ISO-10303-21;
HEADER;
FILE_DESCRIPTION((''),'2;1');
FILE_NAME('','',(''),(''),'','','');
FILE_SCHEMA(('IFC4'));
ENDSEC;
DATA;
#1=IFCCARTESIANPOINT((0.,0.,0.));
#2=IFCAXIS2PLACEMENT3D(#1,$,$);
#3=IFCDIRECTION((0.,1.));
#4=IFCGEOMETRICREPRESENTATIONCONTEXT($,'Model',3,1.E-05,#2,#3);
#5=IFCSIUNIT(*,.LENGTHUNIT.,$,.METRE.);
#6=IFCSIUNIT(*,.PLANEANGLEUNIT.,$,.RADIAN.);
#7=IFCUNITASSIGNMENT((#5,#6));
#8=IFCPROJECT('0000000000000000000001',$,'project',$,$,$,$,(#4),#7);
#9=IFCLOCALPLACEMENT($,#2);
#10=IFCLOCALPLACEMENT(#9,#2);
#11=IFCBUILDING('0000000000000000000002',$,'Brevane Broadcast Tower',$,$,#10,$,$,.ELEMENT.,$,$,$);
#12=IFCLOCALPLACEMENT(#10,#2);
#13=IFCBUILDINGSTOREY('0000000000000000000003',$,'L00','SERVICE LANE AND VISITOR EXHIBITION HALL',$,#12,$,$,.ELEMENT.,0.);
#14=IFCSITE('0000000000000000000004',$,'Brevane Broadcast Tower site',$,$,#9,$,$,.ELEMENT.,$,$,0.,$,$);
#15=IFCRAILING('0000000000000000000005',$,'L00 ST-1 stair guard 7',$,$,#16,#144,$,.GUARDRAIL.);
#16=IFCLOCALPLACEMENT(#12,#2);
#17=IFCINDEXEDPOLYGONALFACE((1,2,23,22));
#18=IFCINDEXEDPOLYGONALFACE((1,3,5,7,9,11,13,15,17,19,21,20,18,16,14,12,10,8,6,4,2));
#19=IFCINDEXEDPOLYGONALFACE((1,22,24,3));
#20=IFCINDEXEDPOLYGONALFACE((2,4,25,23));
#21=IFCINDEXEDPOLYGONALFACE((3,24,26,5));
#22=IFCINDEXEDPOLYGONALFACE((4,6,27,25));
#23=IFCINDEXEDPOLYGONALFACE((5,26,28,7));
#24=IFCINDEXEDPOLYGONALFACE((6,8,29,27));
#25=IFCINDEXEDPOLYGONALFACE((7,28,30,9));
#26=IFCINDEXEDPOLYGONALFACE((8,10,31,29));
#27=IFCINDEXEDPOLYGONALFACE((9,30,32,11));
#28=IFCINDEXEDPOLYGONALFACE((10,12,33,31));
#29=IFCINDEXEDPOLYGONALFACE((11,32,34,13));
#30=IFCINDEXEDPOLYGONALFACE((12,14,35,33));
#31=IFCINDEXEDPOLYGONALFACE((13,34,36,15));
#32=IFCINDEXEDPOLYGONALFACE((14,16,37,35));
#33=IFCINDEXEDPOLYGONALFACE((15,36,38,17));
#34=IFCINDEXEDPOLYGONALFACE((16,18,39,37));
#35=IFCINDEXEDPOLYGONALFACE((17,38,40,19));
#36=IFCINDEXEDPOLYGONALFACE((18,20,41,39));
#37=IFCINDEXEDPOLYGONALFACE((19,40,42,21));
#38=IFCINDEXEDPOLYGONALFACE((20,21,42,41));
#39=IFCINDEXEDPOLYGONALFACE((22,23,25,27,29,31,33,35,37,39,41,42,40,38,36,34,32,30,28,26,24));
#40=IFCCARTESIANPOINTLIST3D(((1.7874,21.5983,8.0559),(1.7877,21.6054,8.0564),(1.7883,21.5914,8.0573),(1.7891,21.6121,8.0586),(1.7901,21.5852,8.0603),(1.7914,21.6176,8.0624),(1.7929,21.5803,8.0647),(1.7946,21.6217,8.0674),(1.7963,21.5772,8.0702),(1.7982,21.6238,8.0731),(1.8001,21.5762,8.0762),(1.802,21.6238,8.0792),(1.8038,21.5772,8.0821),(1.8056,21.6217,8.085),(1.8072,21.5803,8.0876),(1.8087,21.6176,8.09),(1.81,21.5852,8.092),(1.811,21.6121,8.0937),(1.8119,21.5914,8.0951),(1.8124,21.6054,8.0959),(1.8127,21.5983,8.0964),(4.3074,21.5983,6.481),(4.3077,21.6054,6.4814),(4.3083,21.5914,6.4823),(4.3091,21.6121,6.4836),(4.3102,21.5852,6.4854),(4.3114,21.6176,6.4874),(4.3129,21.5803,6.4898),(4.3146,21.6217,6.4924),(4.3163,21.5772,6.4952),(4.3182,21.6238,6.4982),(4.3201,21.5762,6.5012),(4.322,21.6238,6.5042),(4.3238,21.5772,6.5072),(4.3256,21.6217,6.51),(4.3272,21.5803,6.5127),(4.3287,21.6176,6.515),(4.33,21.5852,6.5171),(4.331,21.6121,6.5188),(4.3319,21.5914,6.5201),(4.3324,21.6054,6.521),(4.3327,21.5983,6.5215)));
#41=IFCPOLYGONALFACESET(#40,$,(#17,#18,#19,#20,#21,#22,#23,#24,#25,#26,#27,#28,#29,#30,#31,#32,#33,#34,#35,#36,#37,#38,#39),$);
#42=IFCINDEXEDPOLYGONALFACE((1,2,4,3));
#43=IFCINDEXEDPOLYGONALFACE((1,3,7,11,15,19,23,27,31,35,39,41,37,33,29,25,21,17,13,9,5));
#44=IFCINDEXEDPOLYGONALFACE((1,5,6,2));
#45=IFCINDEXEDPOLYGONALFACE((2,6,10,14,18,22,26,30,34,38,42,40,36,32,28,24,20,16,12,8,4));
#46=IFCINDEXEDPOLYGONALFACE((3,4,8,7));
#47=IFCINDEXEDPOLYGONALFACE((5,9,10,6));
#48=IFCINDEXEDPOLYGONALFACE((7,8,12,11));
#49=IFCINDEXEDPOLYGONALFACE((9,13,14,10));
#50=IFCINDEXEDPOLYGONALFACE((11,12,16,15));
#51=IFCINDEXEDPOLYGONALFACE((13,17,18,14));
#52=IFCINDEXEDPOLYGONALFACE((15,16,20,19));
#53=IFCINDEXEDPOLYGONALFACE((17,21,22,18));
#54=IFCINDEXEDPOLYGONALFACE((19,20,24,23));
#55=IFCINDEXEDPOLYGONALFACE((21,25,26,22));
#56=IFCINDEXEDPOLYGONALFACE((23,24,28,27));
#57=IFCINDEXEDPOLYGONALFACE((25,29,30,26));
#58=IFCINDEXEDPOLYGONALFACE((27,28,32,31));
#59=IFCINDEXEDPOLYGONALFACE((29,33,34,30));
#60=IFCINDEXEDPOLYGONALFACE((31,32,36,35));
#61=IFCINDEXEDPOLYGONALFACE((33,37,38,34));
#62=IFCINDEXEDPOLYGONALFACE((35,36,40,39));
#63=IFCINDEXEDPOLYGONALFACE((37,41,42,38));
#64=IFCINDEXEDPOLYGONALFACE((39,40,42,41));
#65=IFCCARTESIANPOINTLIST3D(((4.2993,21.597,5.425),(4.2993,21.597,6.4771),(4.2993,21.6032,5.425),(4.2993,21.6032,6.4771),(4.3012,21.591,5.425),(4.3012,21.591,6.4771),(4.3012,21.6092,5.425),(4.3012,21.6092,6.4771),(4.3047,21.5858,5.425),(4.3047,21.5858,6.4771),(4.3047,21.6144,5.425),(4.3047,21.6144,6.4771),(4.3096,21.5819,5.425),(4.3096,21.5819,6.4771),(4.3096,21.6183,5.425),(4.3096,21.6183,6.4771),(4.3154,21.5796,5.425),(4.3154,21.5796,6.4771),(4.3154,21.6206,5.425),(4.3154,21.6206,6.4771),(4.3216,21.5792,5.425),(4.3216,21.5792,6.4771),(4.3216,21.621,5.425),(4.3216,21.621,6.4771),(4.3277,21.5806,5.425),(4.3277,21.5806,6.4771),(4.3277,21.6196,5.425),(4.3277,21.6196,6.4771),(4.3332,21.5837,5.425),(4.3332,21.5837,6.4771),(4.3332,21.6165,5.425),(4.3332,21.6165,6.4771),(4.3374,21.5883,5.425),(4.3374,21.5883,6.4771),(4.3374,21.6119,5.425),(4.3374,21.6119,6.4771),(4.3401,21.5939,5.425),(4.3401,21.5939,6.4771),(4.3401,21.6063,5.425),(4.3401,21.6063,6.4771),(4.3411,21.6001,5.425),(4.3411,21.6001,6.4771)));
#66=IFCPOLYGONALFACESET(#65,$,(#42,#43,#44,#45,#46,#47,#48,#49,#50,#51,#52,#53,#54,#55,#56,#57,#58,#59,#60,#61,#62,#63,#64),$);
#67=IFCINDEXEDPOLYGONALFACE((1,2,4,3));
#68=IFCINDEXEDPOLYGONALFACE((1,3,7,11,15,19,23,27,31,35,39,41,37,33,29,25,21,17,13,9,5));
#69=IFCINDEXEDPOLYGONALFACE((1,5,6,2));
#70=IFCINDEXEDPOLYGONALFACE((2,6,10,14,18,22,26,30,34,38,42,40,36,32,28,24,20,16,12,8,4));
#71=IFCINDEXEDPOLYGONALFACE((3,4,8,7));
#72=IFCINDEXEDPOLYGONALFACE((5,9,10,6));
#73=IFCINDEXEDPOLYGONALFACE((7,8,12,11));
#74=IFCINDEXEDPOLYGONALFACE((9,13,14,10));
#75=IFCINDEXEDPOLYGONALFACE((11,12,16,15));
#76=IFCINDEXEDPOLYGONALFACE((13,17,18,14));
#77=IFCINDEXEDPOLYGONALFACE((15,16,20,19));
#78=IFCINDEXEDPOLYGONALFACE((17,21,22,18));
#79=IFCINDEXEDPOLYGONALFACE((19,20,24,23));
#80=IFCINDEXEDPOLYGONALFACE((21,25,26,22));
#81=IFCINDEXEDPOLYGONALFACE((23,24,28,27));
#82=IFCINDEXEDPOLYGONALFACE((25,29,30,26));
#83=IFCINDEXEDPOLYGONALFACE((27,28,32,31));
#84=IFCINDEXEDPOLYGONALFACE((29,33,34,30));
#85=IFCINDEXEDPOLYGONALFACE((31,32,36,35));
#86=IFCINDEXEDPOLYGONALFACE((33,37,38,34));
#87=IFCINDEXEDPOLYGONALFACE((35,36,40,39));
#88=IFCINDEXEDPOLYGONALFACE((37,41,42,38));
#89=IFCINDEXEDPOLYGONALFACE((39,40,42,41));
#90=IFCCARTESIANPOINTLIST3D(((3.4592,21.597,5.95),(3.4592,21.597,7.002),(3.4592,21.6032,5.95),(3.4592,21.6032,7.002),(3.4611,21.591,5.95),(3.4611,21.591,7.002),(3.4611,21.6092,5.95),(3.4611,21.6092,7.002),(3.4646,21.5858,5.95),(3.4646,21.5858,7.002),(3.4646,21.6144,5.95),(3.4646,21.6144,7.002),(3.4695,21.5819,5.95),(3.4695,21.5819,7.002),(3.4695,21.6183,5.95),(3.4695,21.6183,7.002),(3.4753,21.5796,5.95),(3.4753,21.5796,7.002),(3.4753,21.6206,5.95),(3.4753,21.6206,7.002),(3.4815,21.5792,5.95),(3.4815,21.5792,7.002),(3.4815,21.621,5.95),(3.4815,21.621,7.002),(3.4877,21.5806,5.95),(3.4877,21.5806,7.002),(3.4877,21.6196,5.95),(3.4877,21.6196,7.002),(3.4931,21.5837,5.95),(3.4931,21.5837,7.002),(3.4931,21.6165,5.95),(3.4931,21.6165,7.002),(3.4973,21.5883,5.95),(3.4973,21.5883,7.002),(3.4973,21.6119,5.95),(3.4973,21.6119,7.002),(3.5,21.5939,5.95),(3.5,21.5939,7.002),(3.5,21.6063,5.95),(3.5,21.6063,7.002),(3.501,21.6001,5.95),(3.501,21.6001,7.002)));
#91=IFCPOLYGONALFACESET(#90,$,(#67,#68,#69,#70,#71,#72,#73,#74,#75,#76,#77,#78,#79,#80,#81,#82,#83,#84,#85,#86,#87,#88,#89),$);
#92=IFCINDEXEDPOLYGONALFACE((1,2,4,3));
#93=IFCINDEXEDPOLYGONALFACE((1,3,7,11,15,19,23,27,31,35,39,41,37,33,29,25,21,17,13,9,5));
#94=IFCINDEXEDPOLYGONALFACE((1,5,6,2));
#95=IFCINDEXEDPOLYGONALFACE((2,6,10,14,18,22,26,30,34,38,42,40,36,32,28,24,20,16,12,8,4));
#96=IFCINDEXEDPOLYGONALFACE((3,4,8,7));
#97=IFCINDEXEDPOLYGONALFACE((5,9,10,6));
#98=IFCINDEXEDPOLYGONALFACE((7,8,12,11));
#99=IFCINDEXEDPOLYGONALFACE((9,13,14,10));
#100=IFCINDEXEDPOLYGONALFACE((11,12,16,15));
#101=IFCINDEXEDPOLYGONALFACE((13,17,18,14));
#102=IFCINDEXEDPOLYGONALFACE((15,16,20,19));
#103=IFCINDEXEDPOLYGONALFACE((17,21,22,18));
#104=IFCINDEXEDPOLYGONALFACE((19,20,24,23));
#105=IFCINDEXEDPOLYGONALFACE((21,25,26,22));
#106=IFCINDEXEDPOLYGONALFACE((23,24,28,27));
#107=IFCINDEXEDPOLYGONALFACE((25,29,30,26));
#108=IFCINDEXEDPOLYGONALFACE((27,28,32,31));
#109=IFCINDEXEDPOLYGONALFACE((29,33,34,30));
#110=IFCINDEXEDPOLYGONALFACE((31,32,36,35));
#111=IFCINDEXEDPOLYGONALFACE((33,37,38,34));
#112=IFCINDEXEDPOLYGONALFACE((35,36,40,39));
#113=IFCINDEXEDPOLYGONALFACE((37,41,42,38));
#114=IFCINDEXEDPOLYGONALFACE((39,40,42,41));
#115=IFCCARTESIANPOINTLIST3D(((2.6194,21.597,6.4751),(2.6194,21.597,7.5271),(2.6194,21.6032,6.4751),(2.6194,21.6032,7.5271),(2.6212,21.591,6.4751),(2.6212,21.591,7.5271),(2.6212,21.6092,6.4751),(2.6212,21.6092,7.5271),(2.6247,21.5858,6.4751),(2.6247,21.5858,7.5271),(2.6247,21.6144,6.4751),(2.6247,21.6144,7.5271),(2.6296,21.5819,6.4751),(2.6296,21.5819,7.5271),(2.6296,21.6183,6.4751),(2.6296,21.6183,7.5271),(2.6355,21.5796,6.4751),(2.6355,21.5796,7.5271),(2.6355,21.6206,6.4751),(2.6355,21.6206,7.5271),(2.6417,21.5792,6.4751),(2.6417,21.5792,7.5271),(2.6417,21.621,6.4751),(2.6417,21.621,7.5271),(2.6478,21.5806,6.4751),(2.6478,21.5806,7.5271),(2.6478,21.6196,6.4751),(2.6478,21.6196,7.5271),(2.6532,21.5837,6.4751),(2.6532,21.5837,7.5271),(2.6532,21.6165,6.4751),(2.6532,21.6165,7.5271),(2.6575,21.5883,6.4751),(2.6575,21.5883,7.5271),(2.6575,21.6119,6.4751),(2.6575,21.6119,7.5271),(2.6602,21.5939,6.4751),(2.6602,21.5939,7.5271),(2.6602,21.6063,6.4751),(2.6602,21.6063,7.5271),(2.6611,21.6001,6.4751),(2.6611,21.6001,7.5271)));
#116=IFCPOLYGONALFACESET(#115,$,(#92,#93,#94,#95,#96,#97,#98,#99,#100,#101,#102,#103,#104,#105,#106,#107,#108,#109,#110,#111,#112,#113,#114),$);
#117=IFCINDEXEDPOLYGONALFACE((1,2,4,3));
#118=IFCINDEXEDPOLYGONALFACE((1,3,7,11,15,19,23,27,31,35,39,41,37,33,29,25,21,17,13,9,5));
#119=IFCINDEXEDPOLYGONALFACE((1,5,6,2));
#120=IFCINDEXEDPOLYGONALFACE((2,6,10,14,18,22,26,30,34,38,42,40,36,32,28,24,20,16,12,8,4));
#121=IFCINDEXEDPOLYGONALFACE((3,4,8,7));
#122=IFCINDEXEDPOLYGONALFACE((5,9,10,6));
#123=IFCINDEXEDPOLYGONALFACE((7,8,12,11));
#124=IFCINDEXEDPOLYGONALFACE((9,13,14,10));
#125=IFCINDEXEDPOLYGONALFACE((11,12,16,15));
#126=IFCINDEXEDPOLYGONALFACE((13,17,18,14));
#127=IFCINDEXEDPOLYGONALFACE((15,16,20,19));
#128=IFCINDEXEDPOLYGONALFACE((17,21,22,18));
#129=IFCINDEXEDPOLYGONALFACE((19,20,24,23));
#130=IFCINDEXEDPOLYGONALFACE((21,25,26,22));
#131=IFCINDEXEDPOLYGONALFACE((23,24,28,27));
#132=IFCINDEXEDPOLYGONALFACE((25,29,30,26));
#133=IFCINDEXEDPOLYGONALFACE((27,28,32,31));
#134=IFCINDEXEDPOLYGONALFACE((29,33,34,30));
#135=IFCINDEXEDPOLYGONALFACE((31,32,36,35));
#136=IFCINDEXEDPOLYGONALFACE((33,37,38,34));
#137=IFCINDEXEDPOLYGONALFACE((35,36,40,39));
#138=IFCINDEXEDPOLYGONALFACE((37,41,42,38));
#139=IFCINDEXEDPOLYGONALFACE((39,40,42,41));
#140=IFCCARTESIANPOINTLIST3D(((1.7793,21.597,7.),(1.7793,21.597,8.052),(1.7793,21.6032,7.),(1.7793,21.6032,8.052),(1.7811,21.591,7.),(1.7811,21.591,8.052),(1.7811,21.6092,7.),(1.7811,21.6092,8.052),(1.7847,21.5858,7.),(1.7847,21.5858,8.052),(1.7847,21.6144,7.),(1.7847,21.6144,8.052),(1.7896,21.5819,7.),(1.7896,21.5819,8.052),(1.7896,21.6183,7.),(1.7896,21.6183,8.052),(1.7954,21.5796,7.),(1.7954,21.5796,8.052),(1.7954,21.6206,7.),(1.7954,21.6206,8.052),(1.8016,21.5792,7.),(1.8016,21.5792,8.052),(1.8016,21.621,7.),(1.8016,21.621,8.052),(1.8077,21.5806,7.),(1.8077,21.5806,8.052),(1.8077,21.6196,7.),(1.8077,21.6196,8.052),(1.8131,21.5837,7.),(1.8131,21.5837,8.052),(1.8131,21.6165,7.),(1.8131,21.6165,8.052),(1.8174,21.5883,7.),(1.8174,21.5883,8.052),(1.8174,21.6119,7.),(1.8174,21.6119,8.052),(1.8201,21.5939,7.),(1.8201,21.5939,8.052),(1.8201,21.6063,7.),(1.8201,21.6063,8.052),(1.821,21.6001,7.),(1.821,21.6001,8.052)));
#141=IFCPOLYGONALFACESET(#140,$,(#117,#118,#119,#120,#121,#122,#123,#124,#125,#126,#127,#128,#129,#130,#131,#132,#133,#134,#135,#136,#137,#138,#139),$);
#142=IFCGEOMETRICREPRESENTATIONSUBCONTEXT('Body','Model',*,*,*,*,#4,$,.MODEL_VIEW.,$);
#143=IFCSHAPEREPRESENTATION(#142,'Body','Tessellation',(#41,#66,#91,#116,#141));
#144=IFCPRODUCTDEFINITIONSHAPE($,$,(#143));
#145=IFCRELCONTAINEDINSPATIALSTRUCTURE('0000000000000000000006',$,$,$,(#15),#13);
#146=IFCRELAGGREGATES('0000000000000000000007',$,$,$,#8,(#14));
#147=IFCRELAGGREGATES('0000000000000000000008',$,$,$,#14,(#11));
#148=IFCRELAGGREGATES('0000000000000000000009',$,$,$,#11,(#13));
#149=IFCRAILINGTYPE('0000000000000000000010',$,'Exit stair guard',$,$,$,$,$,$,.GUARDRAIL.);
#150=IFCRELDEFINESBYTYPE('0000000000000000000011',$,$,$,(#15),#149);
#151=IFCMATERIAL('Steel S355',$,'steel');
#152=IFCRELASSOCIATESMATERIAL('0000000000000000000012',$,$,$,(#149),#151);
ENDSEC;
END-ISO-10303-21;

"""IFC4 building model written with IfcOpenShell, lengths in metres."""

from ifc_helpers import new_model, si_unit, direction, frame, origin, origin_2d, place, context, subcontext, project, spatial, circle, extrude, material, type_object, element, save


model = new_model("IFC4")

# Units and contexts
model_context = context("Model", 3, precision=1e-05, world=origin(), true_north=direction((0.0, 1.0)))
body_context = subcontext(model_context, "Body", "Model", "MODEL_VIEW")
ifc_project = project(units=[si_unit("LENGTHUNIT", "METRE"), si_unit("PLANEANGLEUNIT", "RADIAN")], contexts=[model_context])

# Site, building, storey
site_placement = place(None, origin())
site = spatial("IfcSite", under=ifc_project, at=site_placement, Name="Brevane Broadcast Tower site", CompositionType="ELEMENT", RefElevation=0.0)
building_placement = place(site_placement, origin())
building = spatial("IfcBuilding", under=site, at=building_placement, Name="Brevane Broadcast Tower", CompositionType="ELEMENT")
storey_placement = place(building_placement, origin())
storey = spatial("IfcBuildingStorey", under=building, at=storey_placement, Name="L00", Description="SERVICE LANE AND VISITOR EXHIBITION HALL", CompositionType="ELEMENT", Elevation=0.0)

# Railing
ifc_material_1 = material(Name="Steel S355", Category="steel")
railing_type_1 = type_object("IfcRailingType", Name="Exit stair guard", PredefinedType="GUARDRAIL", material=ifc_material_1)
railing_1_placement = place(storey_placement, frame((4.3201, 21.6001, 5.425)))
element("IfcRailing", 1, at=railing_1_placement, inside=storey, type_object=railing_type_1, Name="L00 ST-1 stair guard 7", PredefinedType="GUARDRAIL", context=body_context, shape_type="SweptSolid", body=[
    extrude(circle(Radius=0.0239, at=origin_2d()), frame((0.0, 0.0, 1.0762), z_axis=(-0.848008, 0.0, 0.529984), x_axis=(0.0, -1.0, 0.0)), (0.0, 0.0, 1.0), 2.9717),
    extrude(circle(Radius=0.021, at=origin_2d()), origin(), (0.0, 0.0, 1.0), 1.052),
    extrude(circle(Radius=0.021, at=origin_2d()), frame((-0.8401, 0.0, 0.5249)), (0.0, 0.0, 1.0), 1.052),
    extrude(circle(Radius=0.021, at=origin_2d()), frame((-1.6799, 0.0, 1.05)), (0.0, 0.0, 1.0), 1.052),
    extrude(circle(Radius=0.021, at=origin_2d()), frame((-2.52, 0.0, 1.575)), (0.0, 0.0, 1.0), 1.052),
])

save(model, "model.ifc")
